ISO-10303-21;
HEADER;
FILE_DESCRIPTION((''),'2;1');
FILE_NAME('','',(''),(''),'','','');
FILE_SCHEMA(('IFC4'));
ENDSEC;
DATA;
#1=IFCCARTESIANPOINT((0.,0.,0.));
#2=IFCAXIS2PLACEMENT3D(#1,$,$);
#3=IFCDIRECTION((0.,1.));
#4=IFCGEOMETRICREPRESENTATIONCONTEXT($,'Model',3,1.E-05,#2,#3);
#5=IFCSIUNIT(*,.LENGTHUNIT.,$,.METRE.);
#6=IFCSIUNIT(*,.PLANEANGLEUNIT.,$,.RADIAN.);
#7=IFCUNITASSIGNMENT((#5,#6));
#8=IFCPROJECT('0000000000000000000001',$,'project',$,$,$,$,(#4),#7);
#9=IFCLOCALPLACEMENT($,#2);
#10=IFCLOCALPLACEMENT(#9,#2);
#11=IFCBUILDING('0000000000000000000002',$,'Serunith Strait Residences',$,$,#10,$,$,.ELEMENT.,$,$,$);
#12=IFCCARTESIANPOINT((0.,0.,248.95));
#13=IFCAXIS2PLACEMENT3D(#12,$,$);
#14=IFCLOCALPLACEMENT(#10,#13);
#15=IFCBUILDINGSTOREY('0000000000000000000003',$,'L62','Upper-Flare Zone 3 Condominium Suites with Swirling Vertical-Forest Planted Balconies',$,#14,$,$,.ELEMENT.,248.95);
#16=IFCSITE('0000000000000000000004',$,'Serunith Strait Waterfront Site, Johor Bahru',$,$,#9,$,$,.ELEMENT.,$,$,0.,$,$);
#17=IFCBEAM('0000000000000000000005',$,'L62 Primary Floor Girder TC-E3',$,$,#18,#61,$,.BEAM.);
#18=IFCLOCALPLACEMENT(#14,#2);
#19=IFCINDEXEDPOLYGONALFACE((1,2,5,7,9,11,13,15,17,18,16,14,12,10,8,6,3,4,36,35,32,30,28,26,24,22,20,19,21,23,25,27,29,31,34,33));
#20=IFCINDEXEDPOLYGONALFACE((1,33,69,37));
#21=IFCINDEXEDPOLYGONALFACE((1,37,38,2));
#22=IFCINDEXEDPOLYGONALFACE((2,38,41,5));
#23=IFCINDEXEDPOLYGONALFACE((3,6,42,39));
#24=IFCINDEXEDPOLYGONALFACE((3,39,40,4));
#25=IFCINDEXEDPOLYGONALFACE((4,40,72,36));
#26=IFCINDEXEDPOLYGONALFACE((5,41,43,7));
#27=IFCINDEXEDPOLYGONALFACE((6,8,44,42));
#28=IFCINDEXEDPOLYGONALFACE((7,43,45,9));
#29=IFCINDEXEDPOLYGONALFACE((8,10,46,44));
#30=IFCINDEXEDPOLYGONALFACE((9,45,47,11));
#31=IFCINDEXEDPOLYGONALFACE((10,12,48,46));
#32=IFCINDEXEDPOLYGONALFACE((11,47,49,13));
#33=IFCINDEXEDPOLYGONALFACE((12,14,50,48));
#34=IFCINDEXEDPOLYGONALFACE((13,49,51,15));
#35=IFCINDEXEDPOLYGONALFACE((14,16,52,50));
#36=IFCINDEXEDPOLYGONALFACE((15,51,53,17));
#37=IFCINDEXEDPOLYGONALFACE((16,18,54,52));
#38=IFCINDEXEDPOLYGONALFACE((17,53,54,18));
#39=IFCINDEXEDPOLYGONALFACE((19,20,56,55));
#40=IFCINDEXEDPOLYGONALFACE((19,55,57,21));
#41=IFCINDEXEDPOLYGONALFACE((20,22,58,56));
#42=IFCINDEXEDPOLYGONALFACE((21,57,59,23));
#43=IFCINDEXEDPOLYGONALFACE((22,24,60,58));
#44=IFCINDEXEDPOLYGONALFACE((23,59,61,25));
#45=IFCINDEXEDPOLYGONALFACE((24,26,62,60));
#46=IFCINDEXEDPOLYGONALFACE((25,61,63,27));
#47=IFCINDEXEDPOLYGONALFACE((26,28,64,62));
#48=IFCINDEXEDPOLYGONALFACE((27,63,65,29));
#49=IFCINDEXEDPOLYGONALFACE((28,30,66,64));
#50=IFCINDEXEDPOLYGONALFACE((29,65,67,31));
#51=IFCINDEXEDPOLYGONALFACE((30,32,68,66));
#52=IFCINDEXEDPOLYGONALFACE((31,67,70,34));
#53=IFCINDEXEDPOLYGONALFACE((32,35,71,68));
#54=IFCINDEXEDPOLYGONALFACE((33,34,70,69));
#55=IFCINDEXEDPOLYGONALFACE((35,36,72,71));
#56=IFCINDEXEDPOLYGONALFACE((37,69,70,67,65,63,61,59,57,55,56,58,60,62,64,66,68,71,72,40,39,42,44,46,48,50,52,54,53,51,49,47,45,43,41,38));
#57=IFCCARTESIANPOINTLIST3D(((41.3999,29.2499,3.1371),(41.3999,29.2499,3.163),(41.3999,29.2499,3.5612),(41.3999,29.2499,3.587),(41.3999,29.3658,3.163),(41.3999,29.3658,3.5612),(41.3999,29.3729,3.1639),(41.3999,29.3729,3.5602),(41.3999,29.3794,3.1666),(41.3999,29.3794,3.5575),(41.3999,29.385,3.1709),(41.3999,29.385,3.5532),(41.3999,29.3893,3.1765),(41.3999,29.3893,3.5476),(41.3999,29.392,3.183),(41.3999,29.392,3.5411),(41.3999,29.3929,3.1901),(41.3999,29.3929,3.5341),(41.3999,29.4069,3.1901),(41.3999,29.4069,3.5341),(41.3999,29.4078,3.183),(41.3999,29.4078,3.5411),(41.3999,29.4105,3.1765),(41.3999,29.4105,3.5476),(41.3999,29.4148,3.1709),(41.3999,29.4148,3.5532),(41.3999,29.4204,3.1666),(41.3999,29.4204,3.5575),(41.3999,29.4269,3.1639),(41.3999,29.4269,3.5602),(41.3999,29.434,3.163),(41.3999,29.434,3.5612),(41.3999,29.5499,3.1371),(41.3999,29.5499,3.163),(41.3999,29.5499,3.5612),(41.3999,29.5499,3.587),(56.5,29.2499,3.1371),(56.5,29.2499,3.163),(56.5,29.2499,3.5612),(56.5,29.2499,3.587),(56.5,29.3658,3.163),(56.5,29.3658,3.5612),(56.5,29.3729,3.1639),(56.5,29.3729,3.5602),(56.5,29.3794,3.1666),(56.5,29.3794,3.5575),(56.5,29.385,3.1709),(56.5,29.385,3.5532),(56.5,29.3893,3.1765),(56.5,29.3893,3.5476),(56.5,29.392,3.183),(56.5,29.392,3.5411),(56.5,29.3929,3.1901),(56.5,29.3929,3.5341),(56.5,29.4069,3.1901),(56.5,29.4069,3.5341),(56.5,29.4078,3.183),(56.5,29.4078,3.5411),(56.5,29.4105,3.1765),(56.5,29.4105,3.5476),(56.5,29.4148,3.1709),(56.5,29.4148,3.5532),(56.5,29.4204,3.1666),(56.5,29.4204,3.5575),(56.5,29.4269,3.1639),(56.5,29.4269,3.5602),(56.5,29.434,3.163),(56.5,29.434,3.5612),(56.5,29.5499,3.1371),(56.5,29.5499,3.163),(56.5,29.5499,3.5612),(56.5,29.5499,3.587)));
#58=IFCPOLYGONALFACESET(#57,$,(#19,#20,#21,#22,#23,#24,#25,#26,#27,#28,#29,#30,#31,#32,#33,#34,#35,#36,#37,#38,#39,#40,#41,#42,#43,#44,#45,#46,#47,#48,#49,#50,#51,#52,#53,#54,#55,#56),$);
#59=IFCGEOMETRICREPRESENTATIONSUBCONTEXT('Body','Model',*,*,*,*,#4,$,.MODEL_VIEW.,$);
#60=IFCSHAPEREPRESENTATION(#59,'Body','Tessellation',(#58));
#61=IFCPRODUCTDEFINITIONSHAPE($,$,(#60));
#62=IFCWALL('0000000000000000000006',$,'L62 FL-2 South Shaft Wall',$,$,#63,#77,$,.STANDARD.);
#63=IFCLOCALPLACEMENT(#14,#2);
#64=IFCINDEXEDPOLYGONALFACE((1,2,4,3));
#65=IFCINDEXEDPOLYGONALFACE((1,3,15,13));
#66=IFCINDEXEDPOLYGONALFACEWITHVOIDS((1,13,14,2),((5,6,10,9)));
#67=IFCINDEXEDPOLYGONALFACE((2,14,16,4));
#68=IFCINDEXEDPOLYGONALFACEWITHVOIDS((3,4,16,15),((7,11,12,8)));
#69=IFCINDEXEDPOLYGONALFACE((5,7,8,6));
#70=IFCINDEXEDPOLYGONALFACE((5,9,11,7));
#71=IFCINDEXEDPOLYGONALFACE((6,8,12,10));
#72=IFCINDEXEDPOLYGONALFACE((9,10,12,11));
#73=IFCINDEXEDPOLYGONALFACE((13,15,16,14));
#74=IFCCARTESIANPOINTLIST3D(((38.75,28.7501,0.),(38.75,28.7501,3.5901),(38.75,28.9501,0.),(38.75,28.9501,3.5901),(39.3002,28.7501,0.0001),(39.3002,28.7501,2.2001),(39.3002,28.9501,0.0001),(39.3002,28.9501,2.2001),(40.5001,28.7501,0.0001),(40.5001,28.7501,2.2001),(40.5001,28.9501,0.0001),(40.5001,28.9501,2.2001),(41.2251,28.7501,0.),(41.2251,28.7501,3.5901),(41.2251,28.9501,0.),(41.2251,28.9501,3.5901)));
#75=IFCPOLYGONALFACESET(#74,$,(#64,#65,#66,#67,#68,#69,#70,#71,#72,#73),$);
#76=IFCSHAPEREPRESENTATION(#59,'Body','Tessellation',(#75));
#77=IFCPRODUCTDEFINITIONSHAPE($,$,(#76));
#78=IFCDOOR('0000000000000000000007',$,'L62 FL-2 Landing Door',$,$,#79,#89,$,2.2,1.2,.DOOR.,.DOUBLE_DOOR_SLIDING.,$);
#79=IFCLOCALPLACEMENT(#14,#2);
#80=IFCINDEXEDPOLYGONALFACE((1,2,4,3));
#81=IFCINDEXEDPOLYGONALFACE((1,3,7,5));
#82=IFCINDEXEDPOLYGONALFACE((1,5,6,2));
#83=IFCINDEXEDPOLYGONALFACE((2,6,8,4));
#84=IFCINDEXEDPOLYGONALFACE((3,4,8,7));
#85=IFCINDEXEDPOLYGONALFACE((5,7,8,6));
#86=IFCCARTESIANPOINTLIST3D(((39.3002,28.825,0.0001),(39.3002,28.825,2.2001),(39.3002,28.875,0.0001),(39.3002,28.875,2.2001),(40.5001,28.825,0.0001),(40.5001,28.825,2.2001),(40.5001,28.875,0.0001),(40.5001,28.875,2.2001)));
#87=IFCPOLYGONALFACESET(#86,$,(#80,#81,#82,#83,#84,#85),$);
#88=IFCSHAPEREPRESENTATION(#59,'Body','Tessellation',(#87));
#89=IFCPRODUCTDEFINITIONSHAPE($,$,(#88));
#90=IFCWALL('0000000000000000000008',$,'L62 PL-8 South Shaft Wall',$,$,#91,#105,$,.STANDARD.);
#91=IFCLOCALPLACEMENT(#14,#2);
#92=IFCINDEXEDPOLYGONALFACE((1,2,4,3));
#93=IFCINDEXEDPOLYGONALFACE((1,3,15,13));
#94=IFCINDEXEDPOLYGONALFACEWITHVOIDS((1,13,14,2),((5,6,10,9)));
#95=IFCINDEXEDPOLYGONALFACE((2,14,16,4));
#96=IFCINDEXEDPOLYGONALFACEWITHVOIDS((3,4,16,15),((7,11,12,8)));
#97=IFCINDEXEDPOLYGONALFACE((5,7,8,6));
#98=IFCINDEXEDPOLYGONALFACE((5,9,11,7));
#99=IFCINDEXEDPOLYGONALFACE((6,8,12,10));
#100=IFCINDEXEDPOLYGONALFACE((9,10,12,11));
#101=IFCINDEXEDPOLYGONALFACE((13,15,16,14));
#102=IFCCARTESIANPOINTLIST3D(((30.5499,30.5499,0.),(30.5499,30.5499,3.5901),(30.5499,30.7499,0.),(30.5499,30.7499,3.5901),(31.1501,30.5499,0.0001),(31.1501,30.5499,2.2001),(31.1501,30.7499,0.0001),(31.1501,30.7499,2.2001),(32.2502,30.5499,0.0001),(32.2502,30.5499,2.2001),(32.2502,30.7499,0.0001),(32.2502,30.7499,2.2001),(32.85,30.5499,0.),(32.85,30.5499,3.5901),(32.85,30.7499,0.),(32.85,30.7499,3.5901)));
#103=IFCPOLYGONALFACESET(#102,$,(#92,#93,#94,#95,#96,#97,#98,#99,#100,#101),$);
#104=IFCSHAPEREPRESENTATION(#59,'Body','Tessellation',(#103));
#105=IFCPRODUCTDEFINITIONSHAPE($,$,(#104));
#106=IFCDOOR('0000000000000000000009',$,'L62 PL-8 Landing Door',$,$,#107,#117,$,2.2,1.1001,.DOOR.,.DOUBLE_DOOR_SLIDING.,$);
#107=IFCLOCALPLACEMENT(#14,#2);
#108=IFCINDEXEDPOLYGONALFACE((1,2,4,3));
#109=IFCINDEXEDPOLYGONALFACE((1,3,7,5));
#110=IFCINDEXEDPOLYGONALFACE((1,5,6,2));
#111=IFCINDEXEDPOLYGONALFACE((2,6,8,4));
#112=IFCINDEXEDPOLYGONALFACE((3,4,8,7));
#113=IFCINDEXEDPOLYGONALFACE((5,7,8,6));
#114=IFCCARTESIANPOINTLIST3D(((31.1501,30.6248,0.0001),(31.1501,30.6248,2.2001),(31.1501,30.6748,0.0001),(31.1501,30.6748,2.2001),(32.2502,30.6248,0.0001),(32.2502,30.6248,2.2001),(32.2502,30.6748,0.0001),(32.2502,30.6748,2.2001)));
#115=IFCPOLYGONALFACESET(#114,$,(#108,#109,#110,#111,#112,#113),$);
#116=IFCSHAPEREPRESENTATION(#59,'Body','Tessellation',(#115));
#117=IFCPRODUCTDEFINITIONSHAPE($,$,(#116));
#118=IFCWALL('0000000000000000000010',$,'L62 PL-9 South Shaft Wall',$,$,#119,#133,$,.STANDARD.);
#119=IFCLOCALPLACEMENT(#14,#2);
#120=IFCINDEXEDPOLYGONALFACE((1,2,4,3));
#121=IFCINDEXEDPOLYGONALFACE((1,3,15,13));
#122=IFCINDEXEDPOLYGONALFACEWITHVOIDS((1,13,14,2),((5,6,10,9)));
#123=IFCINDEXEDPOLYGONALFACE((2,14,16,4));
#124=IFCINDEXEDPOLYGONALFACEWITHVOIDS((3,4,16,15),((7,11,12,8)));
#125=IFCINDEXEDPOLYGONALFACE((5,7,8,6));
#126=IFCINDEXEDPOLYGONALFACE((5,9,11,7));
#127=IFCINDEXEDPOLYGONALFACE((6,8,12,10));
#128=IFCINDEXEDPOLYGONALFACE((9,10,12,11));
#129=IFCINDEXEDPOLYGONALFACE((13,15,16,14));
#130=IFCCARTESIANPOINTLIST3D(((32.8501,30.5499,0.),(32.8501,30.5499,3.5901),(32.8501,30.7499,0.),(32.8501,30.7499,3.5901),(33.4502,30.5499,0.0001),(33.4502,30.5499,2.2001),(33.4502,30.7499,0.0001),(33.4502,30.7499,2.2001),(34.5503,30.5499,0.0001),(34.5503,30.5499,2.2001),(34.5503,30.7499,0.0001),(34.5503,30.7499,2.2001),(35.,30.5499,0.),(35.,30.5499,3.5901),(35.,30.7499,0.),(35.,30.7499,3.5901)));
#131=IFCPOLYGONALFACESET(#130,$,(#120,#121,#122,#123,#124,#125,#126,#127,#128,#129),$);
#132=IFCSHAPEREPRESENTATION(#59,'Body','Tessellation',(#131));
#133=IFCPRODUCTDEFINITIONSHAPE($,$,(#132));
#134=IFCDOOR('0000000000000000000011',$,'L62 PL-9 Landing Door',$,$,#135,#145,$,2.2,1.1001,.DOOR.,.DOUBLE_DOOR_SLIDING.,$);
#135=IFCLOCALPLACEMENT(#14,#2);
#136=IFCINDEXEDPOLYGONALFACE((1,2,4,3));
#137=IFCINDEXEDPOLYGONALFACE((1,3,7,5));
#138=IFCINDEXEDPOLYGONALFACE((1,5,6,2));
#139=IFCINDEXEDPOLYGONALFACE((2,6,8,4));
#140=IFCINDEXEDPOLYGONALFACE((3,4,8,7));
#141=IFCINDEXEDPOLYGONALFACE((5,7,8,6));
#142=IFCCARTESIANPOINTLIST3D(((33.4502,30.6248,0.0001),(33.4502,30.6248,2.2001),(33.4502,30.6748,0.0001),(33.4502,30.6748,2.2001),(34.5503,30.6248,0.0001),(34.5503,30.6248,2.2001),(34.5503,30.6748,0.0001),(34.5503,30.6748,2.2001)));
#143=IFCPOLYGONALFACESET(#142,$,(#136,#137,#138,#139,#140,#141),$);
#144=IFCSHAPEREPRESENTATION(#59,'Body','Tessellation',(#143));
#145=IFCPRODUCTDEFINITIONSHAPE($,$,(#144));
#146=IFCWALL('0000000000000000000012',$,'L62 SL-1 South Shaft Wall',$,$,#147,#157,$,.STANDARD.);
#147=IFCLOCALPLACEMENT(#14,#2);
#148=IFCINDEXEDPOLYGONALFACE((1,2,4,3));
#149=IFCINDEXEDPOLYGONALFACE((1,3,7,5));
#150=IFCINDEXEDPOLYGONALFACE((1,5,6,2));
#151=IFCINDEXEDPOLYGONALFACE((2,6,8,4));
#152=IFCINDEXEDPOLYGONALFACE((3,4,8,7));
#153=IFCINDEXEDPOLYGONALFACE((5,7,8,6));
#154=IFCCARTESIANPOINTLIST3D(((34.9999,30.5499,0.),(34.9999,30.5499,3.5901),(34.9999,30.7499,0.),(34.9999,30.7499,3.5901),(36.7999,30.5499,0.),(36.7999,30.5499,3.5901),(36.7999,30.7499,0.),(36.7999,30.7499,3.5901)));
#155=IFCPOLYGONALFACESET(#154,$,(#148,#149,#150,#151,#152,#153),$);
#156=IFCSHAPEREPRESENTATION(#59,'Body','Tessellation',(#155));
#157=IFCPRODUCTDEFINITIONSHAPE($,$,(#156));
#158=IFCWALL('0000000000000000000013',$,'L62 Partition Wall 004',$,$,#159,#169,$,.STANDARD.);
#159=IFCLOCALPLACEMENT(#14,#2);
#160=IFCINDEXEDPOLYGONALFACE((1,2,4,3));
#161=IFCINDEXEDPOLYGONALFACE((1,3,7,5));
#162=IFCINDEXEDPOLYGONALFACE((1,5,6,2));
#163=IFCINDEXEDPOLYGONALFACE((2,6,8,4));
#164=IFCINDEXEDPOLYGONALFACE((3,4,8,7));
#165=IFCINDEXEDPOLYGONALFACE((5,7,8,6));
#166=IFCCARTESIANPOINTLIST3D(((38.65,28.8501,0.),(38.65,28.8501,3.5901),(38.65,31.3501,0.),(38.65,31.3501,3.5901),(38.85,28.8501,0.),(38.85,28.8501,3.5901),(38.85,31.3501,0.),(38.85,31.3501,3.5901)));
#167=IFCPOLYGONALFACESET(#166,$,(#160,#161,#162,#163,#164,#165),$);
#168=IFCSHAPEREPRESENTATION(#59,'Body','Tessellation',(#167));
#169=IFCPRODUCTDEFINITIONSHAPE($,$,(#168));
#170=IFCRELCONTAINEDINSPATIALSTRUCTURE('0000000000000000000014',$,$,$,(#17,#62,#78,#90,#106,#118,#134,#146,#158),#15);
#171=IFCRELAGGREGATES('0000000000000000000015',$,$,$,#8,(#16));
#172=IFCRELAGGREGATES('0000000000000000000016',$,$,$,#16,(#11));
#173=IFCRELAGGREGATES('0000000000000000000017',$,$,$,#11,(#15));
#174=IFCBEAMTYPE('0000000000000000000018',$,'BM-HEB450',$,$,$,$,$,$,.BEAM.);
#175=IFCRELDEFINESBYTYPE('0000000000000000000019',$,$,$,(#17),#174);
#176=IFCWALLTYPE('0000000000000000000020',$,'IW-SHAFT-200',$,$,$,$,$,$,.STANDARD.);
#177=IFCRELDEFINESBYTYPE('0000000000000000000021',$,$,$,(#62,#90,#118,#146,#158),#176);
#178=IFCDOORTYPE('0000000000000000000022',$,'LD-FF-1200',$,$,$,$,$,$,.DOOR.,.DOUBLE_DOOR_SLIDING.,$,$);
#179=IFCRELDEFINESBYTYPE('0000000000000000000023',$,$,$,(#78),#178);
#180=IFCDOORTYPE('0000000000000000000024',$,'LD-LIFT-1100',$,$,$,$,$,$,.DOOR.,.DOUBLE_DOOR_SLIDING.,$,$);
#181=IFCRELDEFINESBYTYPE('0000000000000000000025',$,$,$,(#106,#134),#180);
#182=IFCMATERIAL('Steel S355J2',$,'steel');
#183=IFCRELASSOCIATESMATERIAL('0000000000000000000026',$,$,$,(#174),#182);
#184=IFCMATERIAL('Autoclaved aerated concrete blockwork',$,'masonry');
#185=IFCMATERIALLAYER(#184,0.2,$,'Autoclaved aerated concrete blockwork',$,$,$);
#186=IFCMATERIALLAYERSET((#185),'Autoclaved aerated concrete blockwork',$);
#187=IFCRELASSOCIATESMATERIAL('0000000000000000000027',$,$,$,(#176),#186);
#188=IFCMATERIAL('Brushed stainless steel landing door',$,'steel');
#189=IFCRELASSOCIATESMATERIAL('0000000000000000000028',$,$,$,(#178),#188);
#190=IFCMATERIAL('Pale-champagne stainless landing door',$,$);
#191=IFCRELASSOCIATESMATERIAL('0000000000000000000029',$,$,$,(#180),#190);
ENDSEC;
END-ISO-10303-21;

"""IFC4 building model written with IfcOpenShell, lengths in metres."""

from ifc_helpers import new_model, si_unit, direction, frame, frame_2d, origin, origin_2d, place, context, subcontext, project, spatial, rectangle, i_section, extrude, source, transform, mapped, material, layer, layer_set, material_profile, profile_set, type_object, element, fill, save


model = new_model("IFC4")

# Units and contexts
model_context = context("Model", 3, precision=1e-05, world=origin(), true_north=direction((0.0, 1.0)))
body_context = subcontext(model_context, "Body", "Model", "MODEL_VIEW")
ifc_project = project(units=[si_unit("LENGTHUNIT", "METRE"), si_unit("PLANEANGLEUNIT", "RADIAN")], contexts=[model_context])

# Site, building, storey
site_placement = place(None, origin())
site = spatial("IfcSite", under=ifc_project, at=site_placement, Name="Serunith Strait Waterfront Site, Johor Bahru", CompositionType="ELEMENT", RefElevation=0.0)
building_placement = place(site_placement, origin())
building = spatial("IfcBuilding", under=site, at=building_placement, Name="Serunith Strait Residences", CompositionType="ELEMENT")
storey_placement = place(building_placement, frame((0.0, 0.0, 248.95)))
storey = spatial("IfcBuildingStorey", under=building, at=storey_placement, Name="L62", Description="Upper-Flare Zone 3 Condominium Suites with Swirling Vertical-Forest Planted Balconies", CompositionType="ELEMENT", Elevation=248.95)

# Beam
ifc_material_1 = material(Name="Steel S355J2", Category="steel")
ifc_material_profile = material_profile(ifc_material_1, i_section(OverallWidth=0.3, OverallDepth=0.45, WebThickness=0.0139, FlangeThickness=0.0259, FilletRadius=0.0271, at=origin_2d()), Name="HEB 450")
ifc_profile_set = profile_set([ifc_material_profile], Name="Steel S355J2")
beam_type = type_object("IfcBeamType", Name="BM-HEB450", PredefinedType="BEAM", material=ifc_profile_set)
shared_shape_1 = source(origin(), body_context, "Body", "SweptSolid", [
    extrude(i_section(OverallWidth=0.3, OverallDepth=0.45, WebThickness=0.0139, FlangeThickness=0.0259, FilletRadius=0.0271, at=origin_2d()), origin(), (0.0, 0.0, 1.0), 15.1001),
])
beam_placement = place(storey_placement, frame((41.3999, 29.3999, 3.3621), z_axis=(1.0, 0.0, 0.0), x_axis=(0.0, 1.0, 0.0)))
element("IfcBeam", 1, at=beam_placement, inside=storey, type_object=beam_type, Name="L62 Primary Floor Girder TC-E3", PredefinedType="BEAM", context=body_context, shape_type="MappedRepresentation", body=[
    mapped(shared_shape_1, transform((0.0, 0.0, 0.0), scale=1.0)),
])

# Walls, openings, doors
ifc_material_2 = material(Name="Autoclaved aerated concrete blockwork", Category="masonry")
ifc_layer_1 = layer(ifc_material_2, 0.2, Name="Autoclaved aerated concrete blockwork")
ifc_layer_set_1 = layer_set([ifc_layer_1], Name="Autoclaved aerated concrete blockwork")
wall_type_1 = type_object("IfcWallType", Name="IW-SHAFT-200", PredefinedType="STANDARD", material=ifc_layer_set_1)
wall_1_placement = place(storey_placement, frame((38.75, 28.8501, 0.0), z_axis=(0.0, 0.0, 1.0), x_axis=(1.0, 0.0, 0.0)))
wall_1 = element("IfcWall", 2, at=wall_1_placement, inside=storey, type_object=wall_type_1, Name="L62 FL-2 South Shaft Wall", PredefinedType="STANDARD", context=body_context, shape_type="SweptSolid", body=[
    extrude(rectangle(XDim=2.4751, YDim=0.2, at=frame_2d((1.2375, 0.0))), origin(), (0.0, 0.0, 1.0), 3.5901),
])
opening_1_placement = place(wall_1_placement, frame((0.55, 0.0, 0.0)))
opening_1 = element("IfcOpeningElement", 3, at=opening_1_placement, cuts=wall_1, PredefinedType="OPENING", context=body_context, shape_type="SweptSolid", body=[
    extrude(rectangle(XDim=1.2, YDim=2.2, at=frame_2d((0.6001, 1.1001))), frame((0.0, 0.1099, 0.0), z_axis=(0.0, -1.0, 0.0), x_axis=(1.0, 0.0, 0.0)), (0.0, 0.0, 1.0), 0.22),
])
ifc_material_3 = material(Name="Brushed stainless steel landing door", Category="steel")
door_type_1 = type_object("IfcDoorType", Name="LD-FF-1200", OperationType="DOUBLE_DOOR_SLIDING", PredefinedType="DOOR", material=ifc_material_3)
shared_shape_2 = source(origin(), body_context, "Body", "SweptSolid", [
    extrude(rectangle(XDim=1.2, YDim=2.2, at=frame_2d((0.6001, 1.1001))), frame((0.0, 0.0249, 0.0), z_axis=(0.0, -1.0, 0.0), x_axis=(1.0, 0.0, 0.0)), (0.0, 0.0, 1.0), 0.05),
])
door_1_placement = place(opening_1_placement, origin())
door_1 = element("IfcDoor", 4, at=door_1_placement, inside=storey, type_object=door_type_1, Name="L62 FL-2 Landing Door", OperationType="DOUBLE_DOOR_SLIDING", OverallHeight=2.2, OverallWidth=1.2, PredefinedType="DOOR", context=body_context, shape_type="MappedRepresentation", body=[
    mapped(shared_shape_2, transform((0.0, 0.0, 0.0), scale=1.0)),
])
fill(opening_1, door_1)
wall_2_placement = place(storey_placement, frame((30.55, 30.6499, 0.0), z_axis=(0.0, 0.0, 1.0), x_axis=(1.0, 0.0, 0.0)))
wall_2 = element("IfcWall", 5, at=wall_2_placement, inside=storey, type_object=wall_type_1, Name="L62 PL-8 South Shaft Wall", PredefinedType="STANDARD", context=body_context, shape_type="SweptSolid", body=[
    extrude(rectangle(XDim=2.3, YDim=0.2, at=frame_2d((1.1499, 0.0))), origin(), (0.0, 0.0, 1.0), 3.5901),
])
opening_2_placement = place(wall_2_placement, frame((0.6001, 0.0, 0.0)))
opening_2 = element("IfcOpeningElement", 6, at=opening_2_placement, cuts=wall_2, PredefinedType="OPENING", context=body_context, shape_type="SweptSolid", body=[
    extrude(rectangle(XDim=1.1001, YDim=2.2, at=frame_2d((0.55, 1.1001))), frame((0.0, 0.1099, 0.0), z_axis=(0.0, -1.0, 0.0), x_axis=(1.0, 0.0, 0.0)), (0.0, 0.0, 1.0), 0.22),
])
ifc_material_4 = material(Name="Pale-champagne stainless landing door")
door_type_2 = type_object("IfcDoorType", Name="LD-LIFT-1100", OperationType="DOUBLE_DOOR_SLIDING", PredefinedType="DOOR", material=ifc_material_4)
shared_shape_3 = source(origin(), body_context, "Body", "SweptSolid", [
    extrude(rectangle(XDim=1.1001, YDim=2.2, at=frame_2d((0.55, 1.1001))), frame((0.0, 0.0249, 0.0), z_axis=(0.0, -1.0, 0.0), x_axis=(1.0, 0.0, 0.0)), (0.0, 0.0, 1.0), 0.05),
])
door_2_placement = place(opening_2_placement, origin())
door_2 = element("IfcDoor", 7, at=door_2_placement, inside=storey, type_object=door_type_2, Name="L62 PL-8 Landing Door", OperationType="DOUBLE_DOOR_SLIDING", OverallHeight=2.2, OverallWidth=1.1001, PredefinedType="DOOR", context=body_context, shape_type="MappedRepresentation", body=[
    mapped(shared_shape_3, transform((0.0, 0.0, 0.0), scale=1.0)),
])
fill(opening_2, door_2)
wall_3_placement = place(storey_placement, frame((32.8501, 30.6499, 0.0), z_axis=(0.0, 0.0, 1.0), x_axis=(1.0, 0.0, 0.0)))
wall_3 = element("IfcWall", 8, at=wall_3_placement, inside=storey, type_object=wall_type_1, Name="L62 PL-9 South Shaft Wall", PredefinedType="STANDARD", context=body_context, shape_type="SweptSolid", body=[
    extrude(rectangle(XDim=2.1499, YDim=0.2, at=frame_2d((1.075, 0.0))), origin(), (0.0, 0.0, 1.0), 3.5901),
])
opening_3_placement = place(wall_3_placement, frame((0.6001, 0.0, 0.0)))
opening_3 = element("IfcOpeningElement", 9, at=opening_3_placement, cuts=wall_3, PredefinedType="OPENING", context=body_context, shape_type="SweptSolid", body=[
    extrude(rectangle(XDim=1.1001, YDim=2.2, at=frame_2d((0.55, 1.1001))), frame((0.0, 0.1099, 0.0), z_axis=(0.0, -1.0, 0.0), x_axis=(1.0, 0.0, 0.0)), (0.0, 0.0, 1.0), 0.22),
])
door_3_placement = place(opening_3_placement, origin())
door_3 = element("IfcDoor", 10, at=door_3_placement, inside=storey, type_object=door_type_2, Name="L62 PL-9 Landing Door", OperationType="DOUBLE_DOOR_SLIDING", OverallHeight=2.2, OverallWidth=1.1001, PredefinedType="DOOR", context=body_context, shape_type="MappedRepresentation", body=[
    mapped(shared_shape_3, transform((0.0, 0.0, 0.0), scale=1.0)),
])
fill(opening_3, door_3)

# Walls
wall_4_placement = place(storey_placement, frame((35.0, 30.6499, 0.0), z_axis=(0.0, 0.0, 1.0), x_axis=(1.0, 0.0, 0.0)))
element("IfcWall", 11, at=wall_4_placement, inside=storey, type_object=wall_type_1, Name="L62 SL-1 South Shaft Wall", PredefinedType="STANDARD", context=body_context, shape_type="SweptSolid", body=[
    extrude(rectangle(XDim=1.8, YDim=0.2, at=frame_2d((0.8999, 0.0))), origin(), (0.0, 0.0, 1.0), 3.5901),
])
wall_5_placement = place(storey_placement, frame((38.75, 28.8501, 0.0), z_axis=(0.0, 0.0, 1.0), x_axis=(0.0, 1.0, 0.0)))
element("IfcWall", 12, at=wall_5_placement, inside=storey, type_object=wall_type_1, Name="L62 Partition Wall 004", PredefinedType="STANDARD", context=body_context, shape_type="SweptSolid", body=[
    extrude(rectangle(XDim=2.5, YDim=0.2, at=frame_2d((1.25, 0.0))), origin(), (0.0, 0.0, 1.0), 3.5901),
])

save(model, "model.ifc")
